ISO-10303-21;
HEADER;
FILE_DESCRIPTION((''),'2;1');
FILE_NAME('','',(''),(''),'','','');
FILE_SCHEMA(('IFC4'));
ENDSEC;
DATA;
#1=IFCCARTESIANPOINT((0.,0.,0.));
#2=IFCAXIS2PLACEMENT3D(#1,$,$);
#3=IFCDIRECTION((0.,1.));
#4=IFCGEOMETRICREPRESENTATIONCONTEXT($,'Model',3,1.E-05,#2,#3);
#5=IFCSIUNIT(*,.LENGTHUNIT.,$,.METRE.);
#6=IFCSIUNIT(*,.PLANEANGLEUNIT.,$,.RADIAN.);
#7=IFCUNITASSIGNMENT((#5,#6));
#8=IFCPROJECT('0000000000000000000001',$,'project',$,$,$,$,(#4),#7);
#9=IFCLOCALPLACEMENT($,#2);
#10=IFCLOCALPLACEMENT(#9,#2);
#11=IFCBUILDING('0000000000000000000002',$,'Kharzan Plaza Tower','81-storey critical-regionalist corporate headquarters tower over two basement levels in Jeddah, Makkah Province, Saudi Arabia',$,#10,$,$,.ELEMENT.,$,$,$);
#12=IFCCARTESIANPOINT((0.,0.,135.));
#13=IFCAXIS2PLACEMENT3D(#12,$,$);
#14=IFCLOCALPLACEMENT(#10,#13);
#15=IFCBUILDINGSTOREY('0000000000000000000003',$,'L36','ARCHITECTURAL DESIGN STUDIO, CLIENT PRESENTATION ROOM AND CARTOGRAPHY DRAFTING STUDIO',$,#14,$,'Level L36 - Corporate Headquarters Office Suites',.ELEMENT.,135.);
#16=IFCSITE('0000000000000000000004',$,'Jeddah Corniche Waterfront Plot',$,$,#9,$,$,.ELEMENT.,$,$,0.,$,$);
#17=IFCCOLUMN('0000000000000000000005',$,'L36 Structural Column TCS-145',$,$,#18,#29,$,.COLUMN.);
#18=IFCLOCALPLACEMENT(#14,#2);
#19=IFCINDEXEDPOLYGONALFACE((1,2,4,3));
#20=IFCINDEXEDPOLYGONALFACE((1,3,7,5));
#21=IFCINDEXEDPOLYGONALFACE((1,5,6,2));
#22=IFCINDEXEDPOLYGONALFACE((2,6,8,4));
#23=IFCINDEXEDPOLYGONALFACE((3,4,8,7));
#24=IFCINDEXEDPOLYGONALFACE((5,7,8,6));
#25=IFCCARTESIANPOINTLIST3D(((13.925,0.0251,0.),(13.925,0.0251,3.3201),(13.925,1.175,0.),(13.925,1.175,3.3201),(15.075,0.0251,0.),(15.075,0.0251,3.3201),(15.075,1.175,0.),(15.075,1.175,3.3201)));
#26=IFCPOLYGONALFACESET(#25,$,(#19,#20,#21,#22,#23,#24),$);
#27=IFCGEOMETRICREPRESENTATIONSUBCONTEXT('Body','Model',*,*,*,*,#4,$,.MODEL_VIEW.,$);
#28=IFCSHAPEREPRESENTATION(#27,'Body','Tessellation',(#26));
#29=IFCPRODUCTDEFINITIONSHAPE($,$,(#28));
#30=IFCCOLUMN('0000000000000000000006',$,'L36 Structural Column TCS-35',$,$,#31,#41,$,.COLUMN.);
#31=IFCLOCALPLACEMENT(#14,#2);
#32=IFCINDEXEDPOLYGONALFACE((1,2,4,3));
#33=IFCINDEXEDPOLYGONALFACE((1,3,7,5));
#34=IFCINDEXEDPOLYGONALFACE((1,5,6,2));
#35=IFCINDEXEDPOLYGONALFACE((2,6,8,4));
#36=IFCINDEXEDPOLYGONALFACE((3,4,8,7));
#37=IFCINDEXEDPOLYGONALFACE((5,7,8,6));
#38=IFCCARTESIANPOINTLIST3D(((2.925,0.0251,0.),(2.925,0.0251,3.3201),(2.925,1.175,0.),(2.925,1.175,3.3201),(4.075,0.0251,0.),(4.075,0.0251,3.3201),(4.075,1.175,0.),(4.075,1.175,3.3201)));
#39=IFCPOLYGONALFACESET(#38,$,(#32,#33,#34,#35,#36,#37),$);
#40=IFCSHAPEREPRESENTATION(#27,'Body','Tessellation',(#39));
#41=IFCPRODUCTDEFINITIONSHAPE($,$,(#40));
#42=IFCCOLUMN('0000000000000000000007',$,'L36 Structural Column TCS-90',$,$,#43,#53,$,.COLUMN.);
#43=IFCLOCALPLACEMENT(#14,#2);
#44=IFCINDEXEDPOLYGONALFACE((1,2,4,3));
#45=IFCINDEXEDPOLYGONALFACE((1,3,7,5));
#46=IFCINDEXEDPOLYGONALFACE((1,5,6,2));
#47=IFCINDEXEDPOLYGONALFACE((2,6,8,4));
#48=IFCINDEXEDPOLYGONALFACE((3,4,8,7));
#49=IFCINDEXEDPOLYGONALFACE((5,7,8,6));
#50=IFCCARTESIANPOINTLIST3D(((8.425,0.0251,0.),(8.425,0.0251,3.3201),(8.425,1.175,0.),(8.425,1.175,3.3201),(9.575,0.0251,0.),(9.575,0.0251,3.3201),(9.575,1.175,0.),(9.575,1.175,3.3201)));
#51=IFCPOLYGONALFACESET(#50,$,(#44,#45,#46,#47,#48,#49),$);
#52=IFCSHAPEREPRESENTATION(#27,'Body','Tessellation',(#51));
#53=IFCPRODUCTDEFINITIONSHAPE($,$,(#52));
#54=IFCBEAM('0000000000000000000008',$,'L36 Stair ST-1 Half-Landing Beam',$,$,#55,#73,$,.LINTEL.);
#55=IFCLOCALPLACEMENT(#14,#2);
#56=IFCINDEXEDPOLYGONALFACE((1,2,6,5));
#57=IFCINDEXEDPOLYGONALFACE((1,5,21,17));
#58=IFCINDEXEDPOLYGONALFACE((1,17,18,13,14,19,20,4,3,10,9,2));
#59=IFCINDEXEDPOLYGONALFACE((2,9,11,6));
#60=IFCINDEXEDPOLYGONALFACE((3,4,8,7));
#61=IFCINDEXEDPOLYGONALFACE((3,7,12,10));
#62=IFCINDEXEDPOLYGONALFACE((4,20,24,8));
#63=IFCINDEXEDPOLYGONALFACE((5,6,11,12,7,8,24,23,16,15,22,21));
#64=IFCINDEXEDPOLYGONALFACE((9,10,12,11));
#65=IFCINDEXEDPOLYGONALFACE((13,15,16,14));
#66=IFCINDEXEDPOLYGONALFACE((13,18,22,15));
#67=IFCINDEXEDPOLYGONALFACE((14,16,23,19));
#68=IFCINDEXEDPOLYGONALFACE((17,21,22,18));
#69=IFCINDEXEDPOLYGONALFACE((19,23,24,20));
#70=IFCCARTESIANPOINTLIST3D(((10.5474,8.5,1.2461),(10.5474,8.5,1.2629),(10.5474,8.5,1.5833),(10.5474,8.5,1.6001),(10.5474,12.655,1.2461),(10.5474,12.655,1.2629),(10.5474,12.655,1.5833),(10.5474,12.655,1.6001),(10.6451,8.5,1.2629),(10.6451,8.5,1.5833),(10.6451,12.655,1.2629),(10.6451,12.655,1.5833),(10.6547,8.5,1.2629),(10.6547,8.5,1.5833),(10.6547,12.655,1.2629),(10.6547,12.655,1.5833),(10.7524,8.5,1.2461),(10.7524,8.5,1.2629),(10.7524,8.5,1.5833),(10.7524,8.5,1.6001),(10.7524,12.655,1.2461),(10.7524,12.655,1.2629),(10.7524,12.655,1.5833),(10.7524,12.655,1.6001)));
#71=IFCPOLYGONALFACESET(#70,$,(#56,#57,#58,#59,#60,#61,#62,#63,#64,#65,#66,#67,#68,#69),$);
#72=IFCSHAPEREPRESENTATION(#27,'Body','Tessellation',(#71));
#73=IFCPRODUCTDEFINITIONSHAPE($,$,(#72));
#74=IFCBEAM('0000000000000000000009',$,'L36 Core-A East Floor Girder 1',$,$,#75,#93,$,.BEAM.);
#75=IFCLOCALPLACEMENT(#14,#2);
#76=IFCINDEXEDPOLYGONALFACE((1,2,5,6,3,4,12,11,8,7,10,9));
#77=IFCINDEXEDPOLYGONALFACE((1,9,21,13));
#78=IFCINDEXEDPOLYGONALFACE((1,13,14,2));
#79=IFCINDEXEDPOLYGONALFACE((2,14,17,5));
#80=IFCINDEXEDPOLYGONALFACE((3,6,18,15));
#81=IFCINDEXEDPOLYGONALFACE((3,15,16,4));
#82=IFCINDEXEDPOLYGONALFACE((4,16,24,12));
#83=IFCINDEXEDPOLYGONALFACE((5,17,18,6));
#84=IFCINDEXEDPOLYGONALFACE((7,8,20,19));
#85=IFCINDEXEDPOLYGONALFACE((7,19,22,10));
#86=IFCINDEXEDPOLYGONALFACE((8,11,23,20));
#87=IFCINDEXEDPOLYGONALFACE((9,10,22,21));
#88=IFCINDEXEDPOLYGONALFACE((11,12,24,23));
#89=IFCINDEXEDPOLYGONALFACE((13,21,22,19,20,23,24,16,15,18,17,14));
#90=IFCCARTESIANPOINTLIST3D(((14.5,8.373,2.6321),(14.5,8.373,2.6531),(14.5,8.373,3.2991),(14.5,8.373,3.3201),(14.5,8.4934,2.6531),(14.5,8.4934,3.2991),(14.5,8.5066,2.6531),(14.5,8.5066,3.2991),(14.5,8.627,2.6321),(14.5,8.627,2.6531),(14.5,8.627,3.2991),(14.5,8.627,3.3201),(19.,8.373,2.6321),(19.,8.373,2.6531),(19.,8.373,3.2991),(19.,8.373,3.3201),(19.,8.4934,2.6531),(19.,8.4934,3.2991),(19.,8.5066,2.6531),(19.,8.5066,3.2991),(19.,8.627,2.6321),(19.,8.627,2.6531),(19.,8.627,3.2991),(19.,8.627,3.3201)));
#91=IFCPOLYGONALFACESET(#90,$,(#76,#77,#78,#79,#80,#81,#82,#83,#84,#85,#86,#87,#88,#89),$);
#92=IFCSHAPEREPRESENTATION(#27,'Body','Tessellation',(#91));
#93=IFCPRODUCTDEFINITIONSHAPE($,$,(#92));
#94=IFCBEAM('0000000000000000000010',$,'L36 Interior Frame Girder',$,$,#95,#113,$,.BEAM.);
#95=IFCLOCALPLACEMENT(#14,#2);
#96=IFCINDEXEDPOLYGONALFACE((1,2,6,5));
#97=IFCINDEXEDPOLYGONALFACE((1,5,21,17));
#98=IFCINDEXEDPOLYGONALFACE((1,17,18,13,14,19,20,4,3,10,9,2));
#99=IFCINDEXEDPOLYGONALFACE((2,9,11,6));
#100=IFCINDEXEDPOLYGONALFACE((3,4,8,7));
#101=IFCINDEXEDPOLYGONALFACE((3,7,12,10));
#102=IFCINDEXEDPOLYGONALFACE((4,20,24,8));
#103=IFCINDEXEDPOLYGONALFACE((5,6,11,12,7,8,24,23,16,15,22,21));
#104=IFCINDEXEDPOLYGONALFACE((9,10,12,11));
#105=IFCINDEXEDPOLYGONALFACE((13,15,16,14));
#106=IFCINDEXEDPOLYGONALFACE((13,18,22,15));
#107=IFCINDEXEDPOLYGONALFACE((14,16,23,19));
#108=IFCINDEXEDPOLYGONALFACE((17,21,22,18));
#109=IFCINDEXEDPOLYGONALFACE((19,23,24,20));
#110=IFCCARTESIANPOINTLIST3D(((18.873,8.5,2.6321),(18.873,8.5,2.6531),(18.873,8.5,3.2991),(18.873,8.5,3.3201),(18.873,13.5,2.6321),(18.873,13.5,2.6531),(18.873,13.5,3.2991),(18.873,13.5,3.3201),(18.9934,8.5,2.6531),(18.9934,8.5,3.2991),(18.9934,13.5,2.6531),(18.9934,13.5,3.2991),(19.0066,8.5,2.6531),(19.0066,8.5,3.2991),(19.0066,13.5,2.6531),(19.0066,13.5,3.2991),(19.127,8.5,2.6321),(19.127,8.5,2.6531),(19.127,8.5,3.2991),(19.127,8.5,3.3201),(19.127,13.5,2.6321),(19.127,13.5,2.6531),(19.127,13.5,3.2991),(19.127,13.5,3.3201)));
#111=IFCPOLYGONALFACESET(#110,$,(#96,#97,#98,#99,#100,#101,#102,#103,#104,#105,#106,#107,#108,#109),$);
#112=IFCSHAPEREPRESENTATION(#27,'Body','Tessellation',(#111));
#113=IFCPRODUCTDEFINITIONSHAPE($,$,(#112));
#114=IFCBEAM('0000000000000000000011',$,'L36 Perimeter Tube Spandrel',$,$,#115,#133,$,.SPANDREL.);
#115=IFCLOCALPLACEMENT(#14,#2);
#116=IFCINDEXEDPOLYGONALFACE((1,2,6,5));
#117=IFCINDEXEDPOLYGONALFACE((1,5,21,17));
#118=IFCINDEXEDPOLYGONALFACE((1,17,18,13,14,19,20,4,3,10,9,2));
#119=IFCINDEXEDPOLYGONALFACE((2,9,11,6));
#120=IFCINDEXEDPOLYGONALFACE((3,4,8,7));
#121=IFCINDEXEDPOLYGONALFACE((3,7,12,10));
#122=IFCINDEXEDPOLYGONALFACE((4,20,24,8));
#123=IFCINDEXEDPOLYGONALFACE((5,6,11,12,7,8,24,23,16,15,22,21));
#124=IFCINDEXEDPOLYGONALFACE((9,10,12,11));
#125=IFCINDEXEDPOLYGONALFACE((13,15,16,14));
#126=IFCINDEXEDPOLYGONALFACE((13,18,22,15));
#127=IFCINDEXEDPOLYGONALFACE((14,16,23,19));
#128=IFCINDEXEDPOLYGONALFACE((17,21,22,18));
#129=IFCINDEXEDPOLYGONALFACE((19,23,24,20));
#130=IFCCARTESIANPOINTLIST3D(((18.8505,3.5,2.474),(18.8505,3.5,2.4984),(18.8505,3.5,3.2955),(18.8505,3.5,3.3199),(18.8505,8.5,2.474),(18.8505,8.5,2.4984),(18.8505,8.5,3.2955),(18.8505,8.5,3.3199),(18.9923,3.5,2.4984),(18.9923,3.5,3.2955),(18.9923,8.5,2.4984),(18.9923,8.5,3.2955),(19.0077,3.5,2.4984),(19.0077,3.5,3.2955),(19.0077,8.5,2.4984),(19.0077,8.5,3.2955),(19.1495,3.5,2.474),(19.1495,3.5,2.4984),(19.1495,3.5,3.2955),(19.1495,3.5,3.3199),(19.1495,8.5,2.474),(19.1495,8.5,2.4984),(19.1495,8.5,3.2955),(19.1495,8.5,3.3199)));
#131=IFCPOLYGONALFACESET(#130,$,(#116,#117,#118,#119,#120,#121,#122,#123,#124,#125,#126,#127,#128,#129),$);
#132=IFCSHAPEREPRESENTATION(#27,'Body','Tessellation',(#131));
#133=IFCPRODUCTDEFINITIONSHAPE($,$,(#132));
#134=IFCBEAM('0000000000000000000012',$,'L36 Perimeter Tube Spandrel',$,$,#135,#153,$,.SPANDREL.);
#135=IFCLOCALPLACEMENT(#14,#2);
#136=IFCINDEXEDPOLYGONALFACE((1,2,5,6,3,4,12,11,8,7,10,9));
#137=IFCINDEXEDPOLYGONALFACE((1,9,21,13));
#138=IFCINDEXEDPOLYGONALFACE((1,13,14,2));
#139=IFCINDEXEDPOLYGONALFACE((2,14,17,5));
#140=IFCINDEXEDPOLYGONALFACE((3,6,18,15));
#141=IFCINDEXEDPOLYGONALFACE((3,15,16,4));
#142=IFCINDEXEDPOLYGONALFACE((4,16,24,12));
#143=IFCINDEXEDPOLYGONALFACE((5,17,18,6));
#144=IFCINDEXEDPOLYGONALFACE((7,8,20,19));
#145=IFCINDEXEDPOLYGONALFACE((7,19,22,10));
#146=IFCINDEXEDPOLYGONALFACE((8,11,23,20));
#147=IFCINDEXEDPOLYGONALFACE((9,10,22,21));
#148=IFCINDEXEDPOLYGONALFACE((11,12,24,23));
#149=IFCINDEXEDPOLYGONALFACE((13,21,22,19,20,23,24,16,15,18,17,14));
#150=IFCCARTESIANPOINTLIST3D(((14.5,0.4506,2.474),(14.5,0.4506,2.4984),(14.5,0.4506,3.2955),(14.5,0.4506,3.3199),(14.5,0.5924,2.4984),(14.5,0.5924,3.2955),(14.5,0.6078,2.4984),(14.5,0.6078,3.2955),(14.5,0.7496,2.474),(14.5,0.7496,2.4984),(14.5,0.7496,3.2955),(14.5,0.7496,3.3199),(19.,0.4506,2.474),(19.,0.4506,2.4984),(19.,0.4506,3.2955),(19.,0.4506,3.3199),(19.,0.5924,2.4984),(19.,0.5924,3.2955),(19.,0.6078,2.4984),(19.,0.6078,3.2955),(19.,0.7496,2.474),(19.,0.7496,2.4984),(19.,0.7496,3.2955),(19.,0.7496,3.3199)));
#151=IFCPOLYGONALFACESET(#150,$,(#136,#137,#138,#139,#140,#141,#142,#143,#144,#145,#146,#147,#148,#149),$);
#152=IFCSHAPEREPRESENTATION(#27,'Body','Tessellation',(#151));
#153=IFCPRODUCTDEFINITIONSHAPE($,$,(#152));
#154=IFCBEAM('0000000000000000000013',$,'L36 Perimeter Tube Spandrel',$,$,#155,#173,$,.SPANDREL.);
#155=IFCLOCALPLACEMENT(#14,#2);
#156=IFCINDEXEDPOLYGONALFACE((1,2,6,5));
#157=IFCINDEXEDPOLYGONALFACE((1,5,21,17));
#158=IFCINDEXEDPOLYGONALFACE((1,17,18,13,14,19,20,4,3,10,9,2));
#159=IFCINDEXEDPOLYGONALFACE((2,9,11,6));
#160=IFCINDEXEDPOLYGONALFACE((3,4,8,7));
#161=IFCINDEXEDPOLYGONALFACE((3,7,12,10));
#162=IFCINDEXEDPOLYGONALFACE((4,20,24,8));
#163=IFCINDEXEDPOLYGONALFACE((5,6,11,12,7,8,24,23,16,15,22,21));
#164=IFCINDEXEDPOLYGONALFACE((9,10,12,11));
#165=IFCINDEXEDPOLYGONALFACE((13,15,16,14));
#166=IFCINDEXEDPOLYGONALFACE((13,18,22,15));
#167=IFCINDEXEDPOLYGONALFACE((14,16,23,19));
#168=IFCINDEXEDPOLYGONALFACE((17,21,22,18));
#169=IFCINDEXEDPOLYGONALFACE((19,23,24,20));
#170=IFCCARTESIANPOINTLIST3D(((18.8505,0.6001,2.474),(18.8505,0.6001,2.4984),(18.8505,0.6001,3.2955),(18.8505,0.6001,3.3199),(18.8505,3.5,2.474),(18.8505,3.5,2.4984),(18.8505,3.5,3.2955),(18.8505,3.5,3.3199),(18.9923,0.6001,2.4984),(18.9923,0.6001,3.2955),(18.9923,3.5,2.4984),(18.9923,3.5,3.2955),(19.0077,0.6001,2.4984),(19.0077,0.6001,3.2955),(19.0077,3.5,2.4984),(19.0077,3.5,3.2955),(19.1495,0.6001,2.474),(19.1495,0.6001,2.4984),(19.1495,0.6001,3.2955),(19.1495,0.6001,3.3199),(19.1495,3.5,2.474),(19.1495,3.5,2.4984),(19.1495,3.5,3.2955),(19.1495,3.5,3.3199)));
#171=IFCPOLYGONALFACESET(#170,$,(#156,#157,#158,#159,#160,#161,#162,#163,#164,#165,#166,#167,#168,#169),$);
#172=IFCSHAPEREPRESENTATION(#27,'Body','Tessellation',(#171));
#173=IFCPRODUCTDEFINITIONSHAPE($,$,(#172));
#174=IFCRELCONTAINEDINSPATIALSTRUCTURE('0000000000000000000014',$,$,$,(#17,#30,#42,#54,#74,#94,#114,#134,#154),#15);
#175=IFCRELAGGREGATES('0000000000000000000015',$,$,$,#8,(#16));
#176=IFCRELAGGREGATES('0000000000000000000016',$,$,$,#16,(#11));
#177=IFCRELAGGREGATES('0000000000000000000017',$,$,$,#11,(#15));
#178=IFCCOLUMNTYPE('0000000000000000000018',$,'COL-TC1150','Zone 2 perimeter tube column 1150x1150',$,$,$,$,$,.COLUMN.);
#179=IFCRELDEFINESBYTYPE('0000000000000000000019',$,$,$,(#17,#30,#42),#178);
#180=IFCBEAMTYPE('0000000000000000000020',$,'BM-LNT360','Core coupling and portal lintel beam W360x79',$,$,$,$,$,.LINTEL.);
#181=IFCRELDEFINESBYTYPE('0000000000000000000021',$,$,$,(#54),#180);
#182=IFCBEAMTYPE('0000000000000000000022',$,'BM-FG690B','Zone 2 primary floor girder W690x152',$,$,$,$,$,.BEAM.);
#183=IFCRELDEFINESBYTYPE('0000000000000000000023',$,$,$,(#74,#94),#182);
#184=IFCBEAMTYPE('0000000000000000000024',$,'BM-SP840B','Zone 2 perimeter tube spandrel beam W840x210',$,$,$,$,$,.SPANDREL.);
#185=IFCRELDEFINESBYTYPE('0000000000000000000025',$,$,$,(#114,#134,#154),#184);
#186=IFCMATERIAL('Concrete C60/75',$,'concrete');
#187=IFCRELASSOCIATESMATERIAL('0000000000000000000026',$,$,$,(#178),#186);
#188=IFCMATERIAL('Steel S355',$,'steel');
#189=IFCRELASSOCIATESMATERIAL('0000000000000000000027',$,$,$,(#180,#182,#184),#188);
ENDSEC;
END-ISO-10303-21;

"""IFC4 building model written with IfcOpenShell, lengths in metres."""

from ifc_helpers import new_model, si_unit, direction, frame, origin, origin_2d, place, context, subcontext, project, spatial, rectangle, i_section, extrude, source, transform, mapped, material, material_profile, profile_set, type_object, element, save


model = new_model("IFC4")

# Units and contexts
model_context = context("Model", 3, precision=1e-05, world=origin(), true_north=direction((0.0, 1.0)))
body_context = subcontext(model_context, "Body", "Model", "MODEL_VIEW")
ifc_project = project(units=[si_unit("LENGTHUNIT", "METRE"), si_unit("PLANEANGLEUNIT", "RADIAN")], contexts=[model_context])

# Site, building, storey
site_placement = place(None, origin())
site = spatial("IfcSite", under=ifc_project, at=site_placement, Name="Jeddah Corniche Waterfront Plot", CompositionType="ELEMENT", RefElevation=0.0)
building_placement = place(site_placement, origin())
building = spatial("IfcBuilding", under=site, at=building_placement, Name="Kharzan Plaza Tower", Description="81-storey critical-regionalist corporate headquarters tower over two basement levels in Jeddah, Makkah Province, Saudi Arabia", CompositionType="ELEMENT")
storey_placement = place(building_placement, frame((0.0, 0.0, 135.0)))
storey = spatial("IfcBuildingStorey", under=building, at=storey_placement, Name="L36", Description="ARCHITECTURAL DESIGN STUDIO, CLIENT PRESENTATION ROOM AND CARTOGRAPHY DRAFTING STUDIO", LongName="Level L36 - Corporate Headquarters Office Suites", CompositionType="ELEMENT", Elevation=135.0)

# Columns
ifc_material_1 = material(Name="Concrete C60/75", Category="concrete")
ifc_material_profile_1 = material_profile(ifc_material_1, rectangle(XDim=1.1499, YDim=1.1499, at=origin_2d()), Name="RC-TC1150x1150")
ifc_profile_set_1 = profile_set([ifc_material_profile_1], Name="Concrete C60/75")
column_type = type_object("IfcColumnType", Name="COL-TC1150", Description="Zone 2 perimeter tube column 1150x1150", PredefinedType="COLUMN", material=ifc_profile_set_1)
shared_shape_1 = source(origin(), body_context, "Body", "SweptSolid", [
    extrude(rectangle(XDim=1.1499, YDim=1.1499, at=origin_2d()), origin(), (0.0, 0.0, 1.0), 3.3201),
])
for number, where, z_axis, x_axis, name in (
    (1, (14.5, 0.6001, 0.0), (0.0, 0.0, 1.0), (1.0, 0.0, 0.0), "L36 Structural Column TCS-145"),
    (2, (3.5, 0.6001, 0.0), (0.0, 0.0, 1.0), (1.0, 0.0, 0.0), "L36 Structural Column TCS-35"),
    (3, (9.0, 0.6001, 0.0), (0.0, 0.0, 1.0), (1.0, 0.0, 0.0), "L36 Structural Column TCS-90"),
):
    element("IfcColumn", number, at=place(storey_placement, frame(where, z_axis=z_axis, x_axis=x_axis)), inside=storey, type_object=column_type, Name=name, PredefinedType="COLUMN", context=body_context, shape_type="MappedRepresentation", body=[
        mapped(shared_shape_1, transform((0.0, 0.0, 0.0), x_axis=(1.0, 0.0, 0.0), y_axis=(0.0, 1.0, 0.0), z_axis=(0.0, 0.0, 1.0))),
    ])

# Beams
ifc_material_2 = material(Name="Steel S355", Category="steel")
ifc_material_profile_2 = material_profile(ifc_material_2, i_section(OverallWidth=0.2051, OverallDepth=0.354, WebThickness=0.0095, FlangeThickness=0.0168, at=origin_2d()), Name="W360x79")
ifc_profile_set_2 = profile_set([ifc_material_profile_2], Name="Steel S355")
beam_type_1 = type_object("IfcBeamType", Name="BM-LNT360", Description="Core coupling and portal lintel beam W360x79", PredefinedType="LINTEL", material=ifc_profile_set_2)
shared_shape_2 = source(origin(), body_context, "Body", "SweptSolid", [
    extrude(i_section(OverallWidth=0.2051, OverallDepth=0.354, WebThickness=0.0095, FlangeThickness=0.0168, at=origin_2d()), origin(), (0.0, 0.0, 1.0), 4.155),
])
beam_1_placement = place(storey_placement, frame((10.6499, 8.5, 1.4231), z_axis=(0.0, 1.0, 0.0), x_axis=(-1.0, 0.0, 0.0)))
element("IfcBeam", 4, at=beam_1_placement, inside=storey, type_object=beam_type_1, Name="L36 Stair ST-1 Half-Landing Beam", PredefinedType="LINTEL", context=body_context, shape_type="MappedRepresentation", body=[
    mapped(shared_shape_2, transform((0.0, 0.0, 0.0), x_axis=(1.0, 0.0, 0.0), y_axis=(0.0, 1.0, 0.0), z_axis=(0.0, 0.0, 1.0))),
])
ifc_material_profile_3 = material_profile(ifc_material_2, i_section(OverallWidth=0.2539, OverallDepth=0.688, WebThickness=0.0132, FlangeThickness=0.021, at=origin_2d()), Name="W690x152")
ifc_profile_set_3 = profile_set([ifc_material_profile_3], Name="Steel S355")
beam_type_2 = type_object("IfcBeamType", Name="BM-FG690B", Description="Zone 2 primary floor girder W690x152", PredefinedType="BEAM", material=ifc_profile_set_3)
shared_shape_3 = source(origin(), body_context, "Body", "SweptSolid", [
    extrude(i_section(OverallWidth=0.2539, OverallDepth=0.688, WebThickness=0.0132, FlangeThickness=0.021, at=origin_2d()), origin(), (0.0, 0.0, 1.0), 4.5),
])
beam_2_placement = place(storey_placement, frame((14.5, 8.5, 2.9761), z_axis=(1.0, 0.0, 0.0), x_axis=(0.0, 1.0, 0.0)))
element("IfcBeam", 5, at=beam_2_placement, inside=storey, type_object=beam_type_2, Name="L36 Core-A East Floor Girder 1", PredefinedType="BEAM", context=body_context, shape_type="MappedRepresentation", body=[
    mapped(shared_shape_3, transform((0.0, 0.0, 0.0), x_axis=(1.0, 0.0, 0.0), y_axis=(0.0, 1.0, 0.0), z_axis=(0.0, 0.0, 1.0))),
])
shared_shape_4 = source(origin(), body_context, "Body", "SweptSolid", [
    extrude(i_section(OverallWidth=0.2539, OverallDepth=0.688, WebThickness=0.0132, FlangeThickness=0.021, at=origin_2d()), origin(), (0.0, 0.0, 1.0), 5.0),
])
beam_3_placement = place(storey_placement, frame((19.0, 8.5, 2.9761), z_axis=(0.0, 1.0, 0.0), x_axis=(-1.0, 0.0, 0.0)))
element("IfcBeam", 6, at=beam_3_placement, inside=storey, type_object=beam_type_2, Name="L36 Interior Frame Girder", PredefinedType="BEAM", context=body_context, shape_type="MappedRepresentation", body=[
    mapped(shared_shape_4, transform((0.0, 0.0, 0.0), x_axis=(1.0, 0.0, 0.0), y_axis=(0.0, 1.0, 0.0), z_axis=(0.0, 0.0, 1.0))),
])
ifc_material_profile_4 = material_profile(ifc_material_2, i_section(OverallWidth=0.2991, OverallDepth=0.8459, WebThickness=0.0154, FlangeThickness=0.0244, at=origin_2d()), Name="W840x210")
ifc_profile_set_4 = profile_set([ifc_material_profile_4], Name="Steel S355")
beam_type_3 = type_object("IfcBeamType", Name="BM-SP840B", Description="Zone 2 perimeter tube spandrel beam W840x210", PredefinedType="SPANDREL", material=ifc_profile_set_4)
shared_shape_5 = source(origin(), body_context, "Body", "SweptSolid", [
    extrude(i_section(OverallWidth=0.2991, OverallDepth=0.8459, WebThickness=0.0154, FlangeThickness=0.0244, at=origin_2d()), origin(), (0.0, 0.0, 1.0), 5.0),
])
beam_4_placement = place(storey_placement, frame((19.0, 3.5, 2.897), z_axis=(0.0, 1.0, 0.0), x_axis=(-1.0, 0.0, 0.0)))
element("IfcBeam", 7, at=beam_4_placement, inside=storey, type_object=beam_type_3, Name="L36 Perimeter Tube Spandrel", PredefinedType="SPANDREL", context=body_context, shape_type="MappedRepresentation", body=[
    mapped(shared_shape_5, transform((0.0, 0.0, 0.0), x_axis=(1.0, 0.0, 0.0), y_axis=(0.0, 1.0, 0.0), z_axis=(0.0, 0.0, 1.0))),
])
shared_shape_6 = source(origin(), body_context, "Body", "SweptSolid", [
    extrude(i_section(OverallWidth=0.2991, OverallDepth=0.8459, WebThickness=0.0154, FlangeThickness=0.0244, at=origin_2d()), origin(), (0.0, 0.0, 1.0), 4.5),
])
beam_5_placement = place(storey_placement, frame((14.5, 0.6001, 2.897), z_axis=(1.0, 0.0, 0.0), x_axis=(0.0, 1.0, 0.0)))
element("IfcBeam", 8, at=beam_5_placement, inside=storey, type_object=beam_type_3, Name="L36 Perimeter Tube Spandrel", PredefinedType="SPANDREL", context=body_context, shape_type="MappedRepresentation", body=[
    mapped(shared_shape_6, transform((0.0, 0.0, 0.0), x_axis=(1.0, 0.0, 0.0), y_axis=(0.0, 1.0, 0.0), z_axis=(0.0, 0.0, 1.0))),
])
shared_shape_7 = source(origin(), body_context, "Body", "SweptSolid", [
    extrude(i_section(OverallWidth=0.2991, OverallDepth=0.8459, WebThickness=0.0154, FlangeThickness=0.0244, at=origin_2d()), origin(), (0.0, 0.0, 1.0), 2.8999),
])
beam_6_placement = place(storey_placement, frame((19.0, 0.6001, 2.897), z_axis=(0.0, 1.0, 0.0), x_axis=(-1.0, 0.0, 0.0)))
element("IfcBeam", 9, at=beam_6_placement, inside=storey, type_object=beam_type_3, Name="L36 Perimeter Tube Spandrel", PredefinedType="SPANDREL", context=body_context, shape_type="MappedRepresentation", body=[
    mapped(shared_shape_7, transform((0.0, 0.0, 0.0), x_axis=(1.0, 0.0, 0.0), y_axis=(0.0, 1.0, 0.0), z_axis=(0.0, 0.0, 1.0))),
])

save(model, "model.ifc")
